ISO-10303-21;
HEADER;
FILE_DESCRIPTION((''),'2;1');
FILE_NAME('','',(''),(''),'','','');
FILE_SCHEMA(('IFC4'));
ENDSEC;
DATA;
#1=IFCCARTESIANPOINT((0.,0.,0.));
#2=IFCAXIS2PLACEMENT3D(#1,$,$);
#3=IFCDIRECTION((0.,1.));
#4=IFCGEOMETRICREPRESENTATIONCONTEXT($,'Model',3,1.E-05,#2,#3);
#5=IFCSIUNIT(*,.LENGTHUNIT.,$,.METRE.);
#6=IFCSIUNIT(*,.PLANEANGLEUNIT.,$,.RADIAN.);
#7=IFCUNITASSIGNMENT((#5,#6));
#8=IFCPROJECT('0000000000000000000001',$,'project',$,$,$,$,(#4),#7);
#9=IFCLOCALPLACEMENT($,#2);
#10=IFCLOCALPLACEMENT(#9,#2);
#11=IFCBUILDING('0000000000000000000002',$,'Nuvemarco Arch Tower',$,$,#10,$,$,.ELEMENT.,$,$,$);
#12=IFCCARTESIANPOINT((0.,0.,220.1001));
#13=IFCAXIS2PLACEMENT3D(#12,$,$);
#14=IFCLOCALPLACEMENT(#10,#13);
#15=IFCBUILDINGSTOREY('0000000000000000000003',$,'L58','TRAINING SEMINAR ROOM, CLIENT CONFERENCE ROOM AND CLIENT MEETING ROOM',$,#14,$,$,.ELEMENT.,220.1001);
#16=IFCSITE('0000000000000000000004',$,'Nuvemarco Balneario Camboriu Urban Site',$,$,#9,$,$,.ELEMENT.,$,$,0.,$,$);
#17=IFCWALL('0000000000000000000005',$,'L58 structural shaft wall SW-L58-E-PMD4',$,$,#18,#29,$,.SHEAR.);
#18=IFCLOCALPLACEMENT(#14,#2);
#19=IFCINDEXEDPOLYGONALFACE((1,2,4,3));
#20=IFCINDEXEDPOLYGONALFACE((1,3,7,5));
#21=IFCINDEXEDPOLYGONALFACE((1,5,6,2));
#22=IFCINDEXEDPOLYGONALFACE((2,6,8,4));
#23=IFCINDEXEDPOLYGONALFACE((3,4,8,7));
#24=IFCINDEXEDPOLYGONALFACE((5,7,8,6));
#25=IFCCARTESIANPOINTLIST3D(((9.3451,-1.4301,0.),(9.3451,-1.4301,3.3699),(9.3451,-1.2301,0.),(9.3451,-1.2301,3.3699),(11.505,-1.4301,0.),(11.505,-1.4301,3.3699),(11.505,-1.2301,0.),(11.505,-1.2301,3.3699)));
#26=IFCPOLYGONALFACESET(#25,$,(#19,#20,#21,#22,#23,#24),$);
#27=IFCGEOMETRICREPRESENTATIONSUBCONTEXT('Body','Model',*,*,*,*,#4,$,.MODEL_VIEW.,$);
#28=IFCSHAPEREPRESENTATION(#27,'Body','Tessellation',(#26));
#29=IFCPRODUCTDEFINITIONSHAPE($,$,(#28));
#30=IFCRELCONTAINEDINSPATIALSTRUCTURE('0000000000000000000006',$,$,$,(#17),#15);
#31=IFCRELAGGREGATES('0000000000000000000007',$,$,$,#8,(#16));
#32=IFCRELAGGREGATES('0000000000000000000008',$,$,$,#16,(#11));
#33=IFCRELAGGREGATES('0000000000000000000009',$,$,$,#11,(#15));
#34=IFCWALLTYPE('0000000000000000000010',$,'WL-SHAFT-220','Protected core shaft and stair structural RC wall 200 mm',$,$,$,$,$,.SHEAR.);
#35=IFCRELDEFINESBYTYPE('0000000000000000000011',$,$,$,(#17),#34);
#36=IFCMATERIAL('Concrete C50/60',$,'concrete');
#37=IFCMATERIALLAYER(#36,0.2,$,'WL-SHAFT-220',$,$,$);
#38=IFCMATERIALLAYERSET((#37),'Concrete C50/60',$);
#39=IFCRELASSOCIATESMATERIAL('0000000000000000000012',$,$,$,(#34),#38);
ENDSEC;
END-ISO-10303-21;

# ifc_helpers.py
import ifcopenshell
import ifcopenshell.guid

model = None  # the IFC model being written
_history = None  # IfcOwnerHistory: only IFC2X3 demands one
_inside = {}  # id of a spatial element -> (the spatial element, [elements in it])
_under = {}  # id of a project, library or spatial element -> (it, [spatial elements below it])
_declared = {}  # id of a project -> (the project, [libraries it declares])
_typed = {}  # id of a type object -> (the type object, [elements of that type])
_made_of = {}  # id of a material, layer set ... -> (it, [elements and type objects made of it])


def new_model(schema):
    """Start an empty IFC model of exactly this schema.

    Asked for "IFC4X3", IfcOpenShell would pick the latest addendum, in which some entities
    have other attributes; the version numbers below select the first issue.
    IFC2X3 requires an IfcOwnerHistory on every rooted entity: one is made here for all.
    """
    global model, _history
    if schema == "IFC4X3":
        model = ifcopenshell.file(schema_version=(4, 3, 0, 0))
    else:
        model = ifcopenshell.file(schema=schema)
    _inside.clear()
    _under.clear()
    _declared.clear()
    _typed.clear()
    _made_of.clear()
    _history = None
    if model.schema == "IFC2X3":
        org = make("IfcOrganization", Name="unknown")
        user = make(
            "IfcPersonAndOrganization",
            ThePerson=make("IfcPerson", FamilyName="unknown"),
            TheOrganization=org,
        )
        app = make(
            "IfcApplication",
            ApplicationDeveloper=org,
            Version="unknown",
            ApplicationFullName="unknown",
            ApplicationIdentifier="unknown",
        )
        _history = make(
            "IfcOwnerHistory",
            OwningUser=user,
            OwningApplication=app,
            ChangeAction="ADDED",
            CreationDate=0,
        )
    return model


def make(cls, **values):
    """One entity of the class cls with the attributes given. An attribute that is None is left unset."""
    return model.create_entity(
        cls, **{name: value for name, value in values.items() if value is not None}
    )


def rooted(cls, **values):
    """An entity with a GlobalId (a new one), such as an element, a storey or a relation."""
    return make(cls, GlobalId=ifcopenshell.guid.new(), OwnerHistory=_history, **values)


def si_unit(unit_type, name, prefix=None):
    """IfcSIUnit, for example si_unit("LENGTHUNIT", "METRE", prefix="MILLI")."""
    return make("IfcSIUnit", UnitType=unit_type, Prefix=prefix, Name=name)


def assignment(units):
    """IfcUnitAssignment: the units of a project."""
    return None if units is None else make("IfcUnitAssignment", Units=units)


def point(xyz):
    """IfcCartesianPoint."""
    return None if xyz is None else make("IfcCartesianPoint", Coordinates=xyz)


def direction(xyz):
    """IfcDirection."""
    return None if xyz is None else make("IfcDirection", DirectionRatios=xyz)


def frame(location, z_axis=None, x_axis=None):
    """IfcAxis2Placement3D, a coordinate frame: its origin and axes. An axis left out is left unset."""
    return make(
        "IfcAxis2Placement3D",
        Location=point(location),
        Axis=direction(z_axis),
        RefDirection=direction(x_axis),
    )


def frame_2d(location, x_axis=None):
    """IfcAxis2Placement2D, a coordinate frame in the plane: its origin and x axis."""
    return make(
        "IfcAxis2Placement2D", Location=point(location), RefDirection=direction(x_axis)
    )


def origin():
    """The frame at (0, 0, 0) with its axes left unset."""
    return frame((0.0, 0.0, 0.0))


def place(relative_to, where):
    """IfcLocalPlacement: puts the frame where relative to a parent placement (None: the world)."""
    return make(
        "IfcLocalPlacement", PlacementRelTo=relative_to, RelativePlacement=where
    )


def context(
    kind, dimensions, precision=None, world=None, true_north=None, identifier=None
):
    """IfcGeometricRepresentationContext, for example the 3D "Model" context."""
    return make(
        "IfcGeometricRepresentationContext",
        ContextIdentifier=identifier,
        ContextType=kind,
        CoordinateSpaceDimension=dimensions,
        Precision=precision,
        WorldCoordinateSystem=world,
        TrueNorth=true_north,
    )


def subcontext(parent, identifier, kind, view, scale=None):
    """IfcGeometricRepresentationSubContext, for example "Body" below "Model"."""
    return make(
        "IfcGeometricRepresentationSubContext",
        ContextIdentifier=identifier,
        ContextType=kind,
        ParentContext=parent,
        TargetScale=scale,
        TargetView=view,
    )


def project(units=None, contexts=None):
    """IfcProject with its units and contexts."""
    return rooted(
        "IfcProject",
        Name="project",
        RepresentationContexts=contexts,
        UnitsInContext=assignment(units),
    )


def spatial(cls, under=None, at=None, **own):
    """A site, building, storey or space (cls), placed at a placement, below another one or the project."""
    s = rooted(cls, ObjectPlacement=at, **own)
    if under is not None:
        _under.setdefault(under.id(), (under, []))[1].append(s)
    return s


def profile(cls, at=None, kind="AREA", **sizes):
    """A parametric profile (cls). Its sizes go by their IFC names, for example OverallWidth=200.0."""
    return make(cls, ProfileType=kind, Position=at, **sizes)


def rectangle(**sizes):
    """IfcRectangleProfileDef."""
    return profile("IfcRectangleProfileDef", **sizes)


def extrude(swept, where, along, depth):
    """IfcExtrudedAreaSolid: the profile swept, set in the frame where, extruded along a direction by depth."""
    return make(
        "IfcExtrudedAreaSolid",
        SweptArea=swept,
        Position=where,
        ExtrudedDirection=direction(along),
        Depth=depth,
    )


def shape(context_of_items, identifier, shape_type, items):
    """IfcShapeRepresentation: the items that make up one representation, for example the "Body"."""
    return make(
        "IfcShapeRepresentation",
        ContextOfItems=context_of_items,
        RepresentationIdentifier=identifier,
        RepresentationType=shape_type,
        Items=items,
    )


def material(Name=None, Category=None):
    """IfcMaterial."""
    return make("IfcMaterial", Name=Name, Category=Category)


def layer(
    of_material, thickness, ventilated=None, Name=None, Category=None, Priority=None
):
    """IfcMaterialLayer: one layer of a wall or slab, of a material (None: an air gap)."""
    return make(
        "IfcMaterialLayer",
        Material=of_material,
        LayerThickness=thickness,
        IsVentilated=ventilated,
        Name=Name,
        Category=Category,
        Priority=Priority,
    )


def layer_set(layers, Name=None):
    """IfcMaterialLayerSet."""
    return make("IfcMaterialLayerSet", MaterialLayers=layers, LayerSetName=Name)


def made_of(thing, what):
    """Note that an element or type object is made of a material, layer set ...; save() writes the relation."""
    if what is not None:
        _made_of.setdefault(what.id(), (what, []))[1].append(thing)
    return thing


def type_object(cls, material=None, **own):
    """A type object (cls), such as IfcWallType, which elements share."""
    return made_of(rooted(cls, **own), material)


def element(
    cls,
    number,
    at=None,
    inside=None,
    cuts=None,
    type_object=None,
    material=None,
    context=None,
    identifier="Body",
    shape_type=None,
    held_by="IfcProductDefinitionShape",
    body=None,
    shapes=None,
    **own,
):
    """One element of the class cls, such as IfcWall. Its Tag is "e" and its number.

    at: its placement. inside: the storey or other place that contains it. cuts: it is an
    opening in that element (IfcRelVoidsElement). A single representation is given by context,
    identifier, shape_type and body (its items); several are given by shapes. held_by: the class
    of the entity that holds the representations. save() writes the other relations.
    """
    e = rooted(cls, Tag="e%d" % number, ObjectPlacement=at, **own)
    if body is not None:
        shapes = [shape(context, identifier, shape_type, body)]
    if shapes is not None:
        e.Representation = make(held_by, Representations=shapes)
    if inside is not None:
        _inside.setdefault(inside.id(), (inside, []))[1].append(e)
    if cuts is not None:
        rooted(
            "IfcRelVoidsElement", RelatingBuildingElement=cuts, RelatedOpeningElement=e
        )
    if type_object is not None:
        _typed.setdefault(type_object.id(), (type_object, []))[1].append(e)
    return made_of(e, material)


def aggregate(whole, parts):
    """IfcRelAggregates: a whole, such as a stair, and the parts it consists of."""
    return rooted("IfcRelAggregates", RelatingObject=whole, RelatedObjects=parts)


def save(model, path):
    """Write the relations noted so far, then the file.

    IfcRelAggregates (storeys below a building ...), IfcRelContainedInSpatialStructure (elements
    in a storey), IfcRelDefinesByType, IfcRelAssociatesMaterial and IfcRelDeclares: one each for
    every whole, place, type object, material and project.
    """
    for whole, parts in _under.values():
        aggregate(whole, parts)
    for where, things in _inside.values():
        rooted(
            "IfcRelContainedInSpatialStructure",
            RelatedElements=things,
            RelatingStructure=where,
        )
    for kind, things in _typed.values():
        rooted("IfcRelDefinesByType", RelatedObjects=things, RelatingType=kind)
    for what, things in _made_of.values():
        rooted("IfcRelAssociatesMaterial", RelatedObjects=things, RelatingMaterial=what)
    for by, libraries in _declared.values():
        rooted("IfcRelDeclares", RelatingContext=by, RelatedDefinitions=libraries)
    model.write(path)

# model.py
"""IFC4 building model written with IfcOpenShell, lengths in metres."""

from ifc_helpers import new_model, si_unit, direction, frame, frame_2d, origin, place, context, subcontext, project, spatial, rectangle, extrude, material, layer, layer_set, type_object, element, save


model = new_model("IFC4")

# Units and contexts
model_context = context("Model", 3, precision=1e-05, world=origin(), true_north=direction((0.0, 1.0)))
body_context = subcontext(model_context, "Body", "Model", "MODEL_VIEW")
ifc_project = project(units=[si_unit("LENGTHUNIT", "METRE"), si_unit("PLANEANGLEUNIT", "RADIAN")], contexts=[model_context])

# Site, building, storey
site_placement = place(None, origin())
site = spatial("IfcSite", under=ifc_project, at=site_placement, Name="Nuvemarco Balneario Camboriu Urban Site", CompositionType="ELEMENT", RefElevation=0.0)
building_placement = place(site_placement, origin())
building = spatial("IfcBuilding", under=site, at=building_placement, Name="Nuvemarco Arch Tower", CompositionType="ELEMENT")
storey_placement = place(building_placement, frame((0.0, 0.0, 220.1001)))
storey = spatial("IfcBuildingStorey", under=building, at=storey_placement, Name="L58", Description="TRAINING SEMINAR ROOM, CLIENT CONFERENCE ROOM AND CLIENT MEETING ROOM", CompositionType="ELEMENT", Elevation=220.1001)

# Shared definitions
ifc_material_1 = material(Name="Concrete C50/60", Category="concrete")

# Shared definitions
ifc_layer_1 = layer(ifc_material_1, 0.2, Name="WL-SHAFT-220")
ifc_layer_set_1 = layer_set([ifc_layer_1], Name="Concrete C50/60")
wall_type_1 = type_object("IfcWallType", Name="WL-SHAFT-220", Description="Protected core shaft and stair structural RC wall 200 mm", PredefinedType="SHEAR", material=ifc_layer_set_1)

# Wall
for number, where, z_axis, x_axis, name in (
    (1, (9.345, -1.3301, 0.0), (0.0, 0.0, 1.0), (1.0, 0.0, 0.0), "L58 structural shaft wall SW-L58-E-PMD4"),
):
    element("IfcWall", number, at=place(storey_placement, frame(where, z_axis=z_axis, x_axis=x_axis)), inside=storey, type_object=wall_type_1, Name=name, PredefinedType="SHEAR", context=body_context, shape_type="SweptSolid", body=[
        extrude(rectangle(XDim=2.1599, YDim=0.2, at=frame_2d((1.0801, 0.0))), origin(), (0.0, 0.0, 1.0), 3.3699),
    ])

save(model, "model.ifc")
